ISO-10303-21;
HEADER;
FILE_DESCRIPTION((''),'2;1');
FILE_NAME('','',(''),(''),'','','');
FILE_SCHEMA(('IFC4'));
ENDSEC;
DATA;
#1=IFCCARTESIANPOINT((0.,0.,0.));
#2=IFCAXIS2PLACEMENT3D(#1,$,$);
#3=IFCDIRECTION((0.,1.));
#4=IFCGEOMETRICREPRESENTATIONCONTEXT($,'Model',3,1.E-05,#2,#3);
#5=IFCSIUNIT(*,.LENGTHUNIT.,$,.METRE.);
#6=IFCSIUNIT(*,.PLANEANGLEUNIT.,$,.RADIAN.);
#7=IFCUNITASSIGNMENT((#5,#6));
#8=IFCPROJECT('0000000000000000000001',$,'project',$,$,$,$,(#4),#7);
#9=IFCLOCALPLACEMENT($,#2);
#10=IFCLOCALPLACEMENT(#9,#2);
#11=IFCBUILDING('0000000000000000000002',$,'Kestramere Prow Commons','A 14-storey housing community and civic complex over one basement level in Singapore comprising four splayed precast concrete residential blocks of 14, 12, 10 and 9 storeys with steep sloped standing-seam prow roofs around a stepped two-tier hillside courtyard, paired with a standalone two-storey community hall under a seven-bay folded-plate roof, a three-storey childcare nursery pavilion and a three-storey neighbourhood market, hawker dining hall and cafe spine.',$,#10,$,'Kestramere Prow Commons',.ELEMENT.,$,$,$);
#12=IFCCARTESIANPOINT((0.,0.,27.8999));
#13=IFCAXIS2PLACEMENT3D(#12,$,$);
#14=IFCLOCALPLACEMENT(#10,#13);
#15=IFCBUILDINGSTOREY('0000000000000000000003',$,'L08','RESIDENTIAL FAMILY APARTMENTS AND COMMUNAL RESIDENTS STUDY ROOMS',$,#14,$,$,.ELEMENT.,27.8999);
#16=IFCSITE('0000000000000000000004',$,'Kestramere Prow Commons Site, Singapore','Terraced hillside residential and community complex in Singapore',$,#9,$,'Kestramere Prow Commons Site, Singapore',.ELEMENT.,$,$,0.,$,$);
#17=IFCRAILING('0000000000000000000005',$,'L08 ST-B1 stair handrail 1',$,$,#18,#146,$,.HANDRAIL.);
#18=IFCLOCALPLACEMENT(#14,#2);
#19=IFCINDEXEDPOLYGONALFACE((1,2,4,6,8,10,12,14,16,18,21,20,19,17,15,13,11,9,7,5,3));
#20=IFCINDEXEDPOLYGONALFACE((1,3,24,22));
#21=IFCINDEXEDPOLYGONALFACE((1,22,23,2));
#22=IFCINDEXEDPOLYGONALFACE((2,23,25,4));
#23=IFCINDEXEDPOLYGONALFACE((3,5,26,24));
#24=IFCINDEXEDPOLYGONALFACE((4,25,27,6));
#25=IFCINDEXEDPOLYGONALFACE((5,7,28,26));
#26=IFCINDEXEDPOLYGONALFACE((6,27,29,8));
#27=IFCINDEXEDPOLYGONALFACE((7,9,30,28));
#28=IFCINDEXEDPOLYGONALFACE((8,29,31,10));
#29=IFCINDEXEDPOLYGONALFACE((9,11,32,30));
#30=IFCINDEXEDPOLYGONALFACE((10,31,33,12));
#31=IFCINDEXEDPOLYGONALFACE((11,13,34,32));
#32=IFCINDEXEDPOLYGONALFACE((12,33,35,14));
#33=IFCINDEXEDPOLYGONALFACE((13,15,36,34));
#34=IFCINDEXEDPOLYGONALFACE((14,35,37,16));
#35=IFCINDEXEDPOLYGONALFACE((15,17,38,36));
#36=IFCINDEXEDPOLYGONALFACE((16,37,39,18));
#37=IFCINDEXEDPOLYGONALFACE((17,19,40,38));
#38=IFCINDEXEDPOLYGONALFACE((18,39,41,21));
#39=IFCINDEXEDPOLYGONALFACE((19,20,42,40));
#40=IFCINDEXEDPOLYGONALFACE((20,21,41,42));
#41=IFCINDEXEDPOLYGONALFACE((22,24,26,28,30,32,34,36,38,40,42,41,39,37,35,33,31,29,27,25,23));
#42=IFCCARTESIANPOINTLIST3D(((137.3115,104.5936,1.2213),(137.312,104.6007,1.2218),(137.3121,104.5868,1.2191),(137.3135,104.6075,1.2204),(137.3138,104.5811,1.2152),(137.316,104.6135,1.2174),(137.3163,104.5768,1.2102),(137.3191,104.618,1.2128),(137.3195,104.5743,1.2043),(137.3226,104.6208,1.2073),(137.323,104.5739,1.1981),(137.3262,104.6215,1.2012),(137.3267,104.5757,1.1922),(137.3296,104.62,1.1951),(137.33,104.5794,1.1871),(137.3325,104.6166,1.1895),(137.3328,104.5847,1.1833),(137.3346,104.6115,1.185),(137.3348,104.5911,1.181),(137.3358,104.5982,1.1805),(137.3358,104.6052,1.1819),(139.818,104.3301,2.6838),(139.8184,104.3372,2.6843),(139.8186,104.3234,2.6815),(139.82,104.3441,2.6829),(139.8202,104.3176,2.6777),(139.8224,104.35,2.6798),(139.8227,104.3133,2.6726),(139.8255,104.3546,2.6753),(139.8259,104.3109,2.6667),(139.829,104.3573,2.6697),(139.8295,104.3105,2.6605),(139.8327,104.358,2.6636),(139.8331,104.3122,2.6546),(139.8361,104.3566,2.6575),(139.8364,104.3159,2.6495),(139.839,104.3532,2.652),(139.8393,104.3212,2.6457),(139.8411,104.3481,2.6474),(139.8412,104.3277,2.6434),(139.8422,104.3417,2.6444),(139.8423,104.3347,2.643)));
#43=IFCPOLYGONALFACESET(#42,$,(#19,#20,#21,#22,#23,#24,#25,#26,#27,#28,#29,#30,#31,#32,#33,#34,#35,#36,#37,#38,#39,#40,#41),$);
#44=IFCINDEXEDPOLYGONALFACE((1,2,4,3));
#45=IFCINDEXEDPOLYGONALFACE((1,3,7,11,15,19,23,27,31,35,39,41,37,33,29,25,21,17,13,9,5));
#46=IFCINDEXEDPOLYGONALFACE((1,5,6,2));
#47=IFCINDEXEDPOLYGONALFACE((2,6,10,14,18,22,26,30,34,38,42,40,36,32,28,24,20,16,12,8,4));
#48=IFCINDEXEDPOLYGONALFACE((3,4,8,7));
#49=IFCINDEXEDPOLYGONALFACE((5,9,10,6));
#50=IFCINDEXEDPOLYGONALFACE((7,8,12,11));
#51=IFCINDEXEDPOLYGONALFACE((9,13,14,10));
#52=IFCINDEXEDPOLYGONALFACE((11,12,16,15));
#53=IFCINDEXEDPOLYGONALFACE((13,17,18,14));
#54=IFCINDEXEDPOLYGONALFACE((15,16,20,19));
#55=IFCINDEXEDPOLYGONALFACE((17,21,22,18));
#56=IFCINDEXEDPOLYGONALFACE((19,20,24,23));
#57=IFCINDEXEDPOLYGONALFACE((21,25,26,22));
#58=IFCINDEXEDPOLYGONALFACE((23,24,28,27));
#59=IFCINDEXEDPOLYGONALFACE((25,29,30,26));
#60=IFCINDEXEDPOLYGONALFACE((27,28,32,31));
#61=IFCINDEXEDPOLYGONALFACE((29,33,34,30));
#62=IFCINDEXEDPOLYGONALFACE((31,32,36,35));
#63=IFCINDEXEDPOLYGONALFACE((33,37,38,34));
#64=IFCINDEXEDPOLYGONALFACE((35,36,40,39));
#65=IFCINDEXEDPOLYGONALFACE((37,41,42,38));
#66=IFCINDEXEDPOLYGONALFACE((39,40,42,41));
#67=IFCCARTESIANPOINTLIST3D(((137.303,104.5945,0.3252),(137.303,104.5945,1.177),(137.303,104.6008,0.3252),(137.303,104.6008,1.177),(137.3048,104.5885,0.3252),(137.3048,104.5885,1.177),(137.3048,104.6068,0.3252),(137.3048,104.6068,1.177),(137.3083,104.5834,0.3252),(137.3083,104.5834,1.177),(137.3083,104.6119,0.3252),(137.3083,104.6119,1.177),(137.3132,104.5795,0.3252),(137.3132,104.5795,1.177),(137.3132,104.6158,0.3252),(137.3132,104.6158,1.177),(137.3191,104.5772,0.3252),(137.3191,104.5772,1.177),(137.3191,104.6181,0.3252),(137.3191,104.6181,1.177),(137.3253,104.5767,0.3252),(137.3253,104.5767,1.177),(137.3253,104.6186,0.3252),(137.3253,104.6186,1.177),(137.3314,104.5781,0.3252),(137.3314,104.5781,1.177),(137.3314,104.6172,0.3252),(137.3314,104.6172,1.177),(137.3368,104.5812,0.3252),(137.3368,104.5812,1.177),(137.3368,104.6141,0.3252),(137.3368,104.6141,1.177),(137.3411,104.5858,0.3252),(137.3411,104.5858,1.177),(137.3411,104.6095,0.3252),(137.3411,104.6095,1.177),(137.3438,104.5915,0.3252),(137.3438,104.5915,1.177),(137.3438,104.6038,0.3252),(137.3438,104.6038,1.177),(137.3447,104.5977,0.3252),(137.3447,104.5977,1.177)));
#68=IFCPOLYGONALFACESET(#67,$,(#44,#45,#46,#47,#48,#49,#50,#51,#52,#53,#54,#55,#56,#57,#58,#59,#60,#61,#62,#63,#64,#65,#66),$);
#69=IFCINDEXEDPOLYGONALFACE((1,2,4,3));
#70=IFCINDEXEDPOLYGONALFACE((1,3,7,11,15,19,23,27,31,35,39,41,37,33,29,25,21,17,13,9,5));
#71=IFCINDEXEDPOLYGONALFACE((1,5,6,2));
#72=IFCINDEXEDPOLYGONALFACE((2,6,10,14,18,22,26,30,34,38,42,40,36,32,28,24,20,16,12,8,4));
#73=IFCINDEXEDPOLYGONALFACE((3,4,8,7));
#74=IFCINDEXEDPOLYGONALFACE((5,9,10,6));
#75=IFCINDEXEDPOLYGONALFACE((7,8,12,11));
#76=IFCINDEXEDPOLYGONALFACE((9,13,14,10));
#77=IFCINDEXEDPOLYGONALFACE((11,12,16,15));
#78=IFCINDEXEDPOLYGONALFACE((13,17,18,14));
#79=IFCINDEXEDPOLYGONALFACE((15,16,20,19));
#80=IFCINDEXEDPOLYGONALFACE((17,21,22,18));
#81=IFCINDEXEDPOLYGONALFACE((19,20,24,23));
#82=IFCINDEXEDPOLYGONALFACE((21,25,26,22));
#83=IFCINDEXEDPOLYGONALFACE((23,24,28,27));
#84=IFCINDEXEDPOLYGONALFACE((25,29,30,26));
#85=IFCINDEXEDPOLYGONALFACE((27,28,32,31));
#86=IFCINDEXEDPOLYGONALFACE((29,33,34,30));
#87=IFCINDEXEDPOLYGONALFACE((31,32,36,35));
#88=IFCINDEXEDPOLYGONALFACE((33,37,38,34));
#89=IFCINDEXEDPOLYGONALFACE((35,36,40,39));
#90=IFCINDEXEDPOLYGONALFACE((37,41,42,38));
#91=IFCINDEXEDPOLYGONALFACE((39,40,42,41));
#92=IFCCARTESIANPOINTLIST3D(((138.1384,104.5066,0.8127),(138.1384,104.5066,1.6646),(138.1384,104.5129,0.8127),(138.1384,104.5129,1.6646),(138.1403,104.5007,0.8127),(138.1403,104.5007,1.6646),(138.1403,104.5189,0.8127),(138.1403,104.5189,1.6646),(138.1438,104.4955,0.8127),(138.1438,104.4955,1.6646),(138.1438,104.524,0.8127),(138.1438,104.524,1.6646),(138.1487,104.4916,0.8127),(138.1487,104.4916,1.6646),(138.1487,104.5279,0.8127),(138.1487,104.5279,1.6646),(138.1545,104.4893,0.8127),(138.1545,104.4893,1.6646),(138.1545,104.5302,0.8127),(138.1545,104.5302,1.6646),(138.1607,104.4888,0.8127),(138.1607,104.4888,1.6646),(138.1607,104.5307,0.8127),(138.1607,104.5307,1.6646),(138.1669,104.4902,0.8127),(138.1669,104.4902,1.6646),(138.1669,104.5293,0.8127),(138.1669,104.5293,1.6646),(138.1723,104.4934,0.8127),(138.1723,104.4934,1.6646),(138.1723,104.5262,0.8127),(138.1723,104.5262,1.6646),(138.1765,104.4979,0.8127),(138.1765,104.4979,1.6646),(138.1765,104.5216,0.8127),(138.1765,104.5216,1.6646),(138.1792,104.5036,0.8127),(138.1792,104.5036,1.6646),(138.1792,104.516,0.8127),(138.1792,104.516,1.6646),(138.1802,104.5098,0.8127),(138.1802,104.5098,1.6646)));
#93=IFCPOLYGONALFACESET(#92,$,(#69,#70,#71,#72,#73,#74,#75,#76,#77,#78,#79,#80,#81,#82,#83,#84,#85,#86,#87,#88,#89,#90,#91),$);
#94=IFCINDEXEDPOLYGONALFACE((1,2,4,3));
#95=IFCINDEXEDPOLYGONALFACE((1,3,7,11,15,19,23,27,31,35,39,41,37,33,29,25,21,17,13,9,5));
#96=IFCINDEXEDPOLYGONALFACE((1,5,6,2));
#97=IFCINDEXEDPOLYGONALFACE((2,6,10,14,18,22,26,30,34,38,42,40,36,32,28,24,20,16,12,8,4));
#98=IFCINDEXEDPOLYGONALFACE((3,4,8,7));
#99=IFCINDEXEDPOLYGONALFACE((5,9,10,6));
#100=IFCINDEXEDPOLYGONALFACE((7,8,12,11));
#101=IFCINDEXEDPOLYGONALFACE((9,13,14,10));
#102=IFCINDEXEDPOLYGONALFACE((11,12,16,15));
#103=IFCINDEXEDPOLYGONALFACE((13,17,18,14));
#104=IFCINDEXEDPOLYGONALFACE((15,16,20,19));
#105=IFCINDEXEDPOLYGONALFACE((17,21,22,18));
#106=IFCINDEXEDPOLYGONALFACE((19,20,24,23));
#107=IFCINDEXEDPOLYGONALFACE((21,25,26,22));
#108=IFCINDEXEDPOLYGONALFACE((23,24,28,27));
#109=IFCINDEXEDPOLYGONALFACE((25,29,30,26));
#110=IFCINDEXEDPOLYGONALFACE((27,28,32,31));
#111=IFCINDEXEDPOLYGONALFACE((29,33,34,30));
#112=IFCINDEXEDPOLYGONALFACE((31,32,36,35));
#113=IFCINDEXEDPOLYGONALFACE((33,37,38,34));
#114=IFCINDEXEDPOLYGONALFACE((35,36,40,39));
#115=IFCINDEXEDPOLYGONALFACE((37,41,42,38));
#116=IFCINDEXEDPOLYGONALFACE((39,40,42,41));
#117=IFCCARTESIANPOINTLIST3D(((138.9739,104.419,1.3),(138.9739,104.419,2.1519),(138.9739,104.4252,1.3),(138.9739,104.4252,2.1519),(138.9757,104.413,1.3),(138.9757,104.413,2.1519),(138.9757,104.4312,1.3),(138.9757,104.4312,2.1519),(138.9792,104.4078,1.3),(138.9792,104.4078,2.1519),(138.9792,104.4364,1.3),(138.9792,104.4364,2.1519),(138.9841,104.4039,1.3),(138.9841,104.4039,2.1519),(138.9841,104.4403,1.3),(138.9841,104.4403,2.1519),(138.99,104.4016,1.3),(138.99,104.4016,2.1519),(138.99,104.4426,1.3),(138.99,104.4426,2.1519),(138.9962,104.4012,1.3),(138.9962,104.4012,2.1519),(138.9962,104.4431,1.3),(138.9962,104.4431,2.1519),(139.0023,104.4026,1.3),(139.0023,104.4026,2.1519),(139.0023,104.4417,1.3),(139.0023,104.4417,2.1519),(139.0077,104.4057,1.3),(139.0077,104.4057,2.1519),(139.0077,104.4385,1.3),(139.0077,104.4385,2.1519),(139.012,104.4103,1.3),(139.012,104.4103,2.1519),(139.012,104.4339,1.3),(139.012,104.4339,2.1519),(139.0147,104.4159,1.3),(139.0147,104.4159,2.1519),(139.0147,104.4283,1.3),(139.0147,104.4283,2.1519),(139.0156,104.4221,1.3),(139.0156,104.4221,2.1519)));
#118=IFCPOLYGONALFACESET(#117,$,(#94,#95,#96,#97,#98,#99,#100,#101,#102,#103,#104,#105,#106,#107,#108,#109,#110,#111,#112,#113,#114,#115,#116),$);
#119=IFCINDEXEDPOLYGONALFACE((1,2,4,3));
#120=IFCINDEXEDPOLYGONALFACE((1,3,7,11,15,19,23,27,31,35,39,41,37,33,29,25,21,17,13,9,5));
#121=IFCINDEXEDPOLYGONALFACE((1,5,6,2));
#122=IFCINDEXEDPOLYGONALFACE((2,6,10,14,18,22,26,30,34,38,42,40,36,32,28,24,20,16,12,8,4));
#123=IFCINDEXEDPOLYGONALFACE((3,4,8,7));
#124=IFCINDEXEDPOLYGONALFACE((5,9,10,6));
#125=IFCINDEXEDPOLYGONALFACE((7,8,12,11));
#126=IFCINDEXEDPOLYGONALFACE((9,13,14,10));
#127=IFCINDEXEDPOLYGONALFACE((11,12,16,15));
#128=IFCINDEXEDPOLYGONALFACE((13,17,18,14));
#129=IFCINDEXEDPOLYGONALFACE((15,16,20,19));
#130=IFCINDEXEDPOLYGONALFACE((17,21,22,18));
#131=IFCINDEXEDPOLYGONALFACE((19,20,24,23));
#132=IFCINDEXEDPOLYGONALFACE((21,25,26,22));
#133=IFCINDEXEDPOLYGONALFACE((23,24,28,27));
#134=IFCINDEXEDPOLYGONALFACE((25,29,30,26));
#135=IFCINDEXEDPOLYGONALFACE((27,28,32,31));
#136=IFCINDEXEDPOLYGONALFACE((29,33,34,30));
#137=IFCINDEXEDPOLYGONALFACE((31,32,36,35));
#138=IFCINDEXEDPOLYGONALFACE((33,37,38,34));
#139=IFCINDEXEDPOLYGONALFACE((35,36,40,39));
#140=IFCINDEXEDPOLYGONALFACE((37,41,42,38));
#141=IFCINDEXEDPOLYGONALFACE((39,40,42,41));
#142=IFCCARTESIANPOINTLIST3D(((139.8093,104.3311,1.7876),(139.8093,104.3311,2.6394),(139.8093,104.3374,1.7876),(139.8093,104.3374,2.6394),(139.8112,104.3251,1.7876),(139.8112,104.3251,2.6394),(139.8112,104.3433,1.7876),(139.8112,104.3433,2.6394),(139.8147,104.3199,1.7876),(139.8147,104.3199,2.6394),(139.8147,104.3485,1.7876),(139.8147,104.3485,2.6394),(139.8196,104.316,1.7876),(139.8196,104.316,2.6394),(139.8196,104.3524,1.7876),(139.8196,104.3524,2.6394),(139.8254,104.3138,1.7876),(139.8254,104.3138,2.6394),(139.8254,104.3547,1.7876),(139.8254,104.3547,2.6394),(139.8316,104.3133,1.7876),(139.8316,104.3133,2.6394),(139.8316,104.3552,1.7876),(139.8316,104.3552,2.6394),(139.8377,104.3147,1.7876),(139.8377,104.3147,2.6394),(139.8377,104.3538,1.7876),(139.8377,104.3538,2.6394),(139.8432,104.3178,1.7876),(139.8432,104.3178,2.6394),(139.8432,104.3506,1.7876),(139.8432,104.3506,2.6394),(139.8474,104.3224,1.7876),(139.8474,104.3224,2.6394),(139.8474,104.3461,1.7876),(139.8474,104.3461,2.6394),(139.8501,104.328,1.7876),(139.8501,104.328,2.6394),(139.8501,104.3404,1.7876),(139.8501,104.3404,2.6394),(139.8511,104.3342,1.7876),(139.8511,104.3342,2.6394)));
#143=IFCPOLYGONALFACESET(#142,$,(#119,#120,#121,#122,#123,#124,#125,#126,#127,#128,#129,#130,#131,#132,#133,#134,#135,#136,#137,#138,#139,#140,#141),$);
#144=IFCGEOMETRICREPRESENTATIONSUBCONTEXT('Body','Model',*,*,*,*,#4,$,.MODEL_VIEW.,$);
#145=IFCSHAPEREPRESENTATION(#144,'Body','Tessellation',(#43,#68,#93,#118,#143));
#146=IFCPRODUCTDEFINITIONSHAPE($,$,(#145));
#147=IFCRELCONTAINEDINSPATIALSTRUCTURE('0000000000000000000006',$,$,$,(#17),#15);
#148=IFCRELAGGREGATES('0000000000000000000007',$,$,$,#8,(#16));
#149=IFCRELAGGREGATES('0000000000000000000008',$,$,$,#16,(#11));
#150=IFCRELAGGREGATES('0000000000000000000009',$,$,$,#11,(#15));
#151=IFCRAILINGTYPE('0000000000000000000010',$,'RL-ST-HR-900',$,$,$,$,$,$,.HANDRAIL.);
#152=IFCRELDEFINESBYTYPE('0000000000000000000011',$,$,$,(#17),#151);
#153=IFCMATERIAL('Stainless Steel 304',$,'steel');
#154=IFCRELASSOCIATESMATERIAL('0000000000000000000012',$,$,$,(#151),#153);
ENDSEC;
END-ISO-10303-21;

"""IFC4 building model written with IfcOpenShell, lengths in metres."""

from ifc_helpers import new_model, si_unit, direction, frame, origin, origin_2d, place, context, subcontext, project, spatial, circle, extrude, material, type_object, element, save


model = new_model("IFC4")

# Units and contexts
model_context = context("Model", 3, precision=1e-05, world=origin(), true_north=direction((0.0, 1.0)))
body_context = subcontext(model_context, "Body", "Model", "MODEL_VIEW")
ifc_project = project(units=[si_unit("LENGTHUNIT", "METRE"), si_unit("PLANEANGLEUNIT", "RADIAN")], contexts=[model_context])

# Site, building, storey
site_placement = place(None, origin())
site = spatial("IfcSite", under=ifc_project, at=site_placement, Name="Kestramere Prow Commons Site, Singapore", Description="Terraced hillside residential and community complex in Singapore", LongName="Kestramere Prow Commons Site, Singapore", CompositionType="ELEMENT", RefElevation=0.0)
building_placement = place(site_placement, origin())
building = spatial("IfcBuilding", under=site, at=building_placement, Name="Kestramere Prow Commons", Description="A 14-storey housing community and civic complex over one basement level in Singapore comprising four splayed precast concrete residential blocks of 14, 12, 10 and 9 storeys with steep sloped standing-seam prow roofs around a stepped two-tier hillside courtyard, paired with a standalone two-storey community hall under a seven-bay folded-plate roof, a three-storey childcare nursery pavilion and a three-storey neighbourhood market, hawker dining hall and cafe spine.", LongName="Kestramere Prow Commons", CompositionType="ELEMENT")
storey_placement = place(building_placement, frame((0.0, 0.0, 27.8999)))
storey = spatial("IfcBuildingStorey", under=building, at=storey_placement, Name="L08", Description="RESIDENTIAL FAMILY APARTMENTS AND COMMUNAL RESIDENTS STUDY ROOMS", CompositionType="ELEMENT", Elevation=27.8999)

# Railing
ifc_material_1 = material(Name="Stainless Steel 304", Category="steel")
railing_type_1 = type_object("IfcRailingType", Name="RL-ST-HR-900", PredefinedType="HANDRAIL", material=ifc_material_1)
railing_1_placement = place(storey_placement, frame((137.3237, 104.5977, 0.3252)))
element("IfcRailing", 1, at=railing_1_placement, inside=storey, type_object=railing_type_1, Name="L08 ST-B1 stair handrail 1", PredefinedType="HANDRAIL", context=body_context, shape_type="SweptSolid", body=[
    extrude(circle(Radius=0.0239, at=origin_2d()), frame((0.0, 0.0, 0.876), z_axis=(0.860187, -0.090409, 0.501901), x_axis=(0.104528, 0.994522, 0.0)), (0.0, 0.0, 1.0), 2.9138),
    extrude(circle(Radius=0.021, at=origin_2d()), origin(), (0.0, 0.0, 1.0), 0.8518),
    extrude(circle(Radius=0.021, at=origin_2d()), frame((0.8354, -0.0879, 0.4875)), (0.0, 0.0, 1.0), 0.8518),
    extrude(circle(Radius=0.021, at=origin_2d()), frame((1.6709, -0.1755, 0.9749)), (0.0, 0.0, 1.0), 0.8518),
    extrude(circle(Radius=0.021, at=origin_2d()), frame((2.5063, -0.2634, 1.4624)), (0.0, 0.0, 1.0), 0.8518),
])

save(model, "model.ifc")
